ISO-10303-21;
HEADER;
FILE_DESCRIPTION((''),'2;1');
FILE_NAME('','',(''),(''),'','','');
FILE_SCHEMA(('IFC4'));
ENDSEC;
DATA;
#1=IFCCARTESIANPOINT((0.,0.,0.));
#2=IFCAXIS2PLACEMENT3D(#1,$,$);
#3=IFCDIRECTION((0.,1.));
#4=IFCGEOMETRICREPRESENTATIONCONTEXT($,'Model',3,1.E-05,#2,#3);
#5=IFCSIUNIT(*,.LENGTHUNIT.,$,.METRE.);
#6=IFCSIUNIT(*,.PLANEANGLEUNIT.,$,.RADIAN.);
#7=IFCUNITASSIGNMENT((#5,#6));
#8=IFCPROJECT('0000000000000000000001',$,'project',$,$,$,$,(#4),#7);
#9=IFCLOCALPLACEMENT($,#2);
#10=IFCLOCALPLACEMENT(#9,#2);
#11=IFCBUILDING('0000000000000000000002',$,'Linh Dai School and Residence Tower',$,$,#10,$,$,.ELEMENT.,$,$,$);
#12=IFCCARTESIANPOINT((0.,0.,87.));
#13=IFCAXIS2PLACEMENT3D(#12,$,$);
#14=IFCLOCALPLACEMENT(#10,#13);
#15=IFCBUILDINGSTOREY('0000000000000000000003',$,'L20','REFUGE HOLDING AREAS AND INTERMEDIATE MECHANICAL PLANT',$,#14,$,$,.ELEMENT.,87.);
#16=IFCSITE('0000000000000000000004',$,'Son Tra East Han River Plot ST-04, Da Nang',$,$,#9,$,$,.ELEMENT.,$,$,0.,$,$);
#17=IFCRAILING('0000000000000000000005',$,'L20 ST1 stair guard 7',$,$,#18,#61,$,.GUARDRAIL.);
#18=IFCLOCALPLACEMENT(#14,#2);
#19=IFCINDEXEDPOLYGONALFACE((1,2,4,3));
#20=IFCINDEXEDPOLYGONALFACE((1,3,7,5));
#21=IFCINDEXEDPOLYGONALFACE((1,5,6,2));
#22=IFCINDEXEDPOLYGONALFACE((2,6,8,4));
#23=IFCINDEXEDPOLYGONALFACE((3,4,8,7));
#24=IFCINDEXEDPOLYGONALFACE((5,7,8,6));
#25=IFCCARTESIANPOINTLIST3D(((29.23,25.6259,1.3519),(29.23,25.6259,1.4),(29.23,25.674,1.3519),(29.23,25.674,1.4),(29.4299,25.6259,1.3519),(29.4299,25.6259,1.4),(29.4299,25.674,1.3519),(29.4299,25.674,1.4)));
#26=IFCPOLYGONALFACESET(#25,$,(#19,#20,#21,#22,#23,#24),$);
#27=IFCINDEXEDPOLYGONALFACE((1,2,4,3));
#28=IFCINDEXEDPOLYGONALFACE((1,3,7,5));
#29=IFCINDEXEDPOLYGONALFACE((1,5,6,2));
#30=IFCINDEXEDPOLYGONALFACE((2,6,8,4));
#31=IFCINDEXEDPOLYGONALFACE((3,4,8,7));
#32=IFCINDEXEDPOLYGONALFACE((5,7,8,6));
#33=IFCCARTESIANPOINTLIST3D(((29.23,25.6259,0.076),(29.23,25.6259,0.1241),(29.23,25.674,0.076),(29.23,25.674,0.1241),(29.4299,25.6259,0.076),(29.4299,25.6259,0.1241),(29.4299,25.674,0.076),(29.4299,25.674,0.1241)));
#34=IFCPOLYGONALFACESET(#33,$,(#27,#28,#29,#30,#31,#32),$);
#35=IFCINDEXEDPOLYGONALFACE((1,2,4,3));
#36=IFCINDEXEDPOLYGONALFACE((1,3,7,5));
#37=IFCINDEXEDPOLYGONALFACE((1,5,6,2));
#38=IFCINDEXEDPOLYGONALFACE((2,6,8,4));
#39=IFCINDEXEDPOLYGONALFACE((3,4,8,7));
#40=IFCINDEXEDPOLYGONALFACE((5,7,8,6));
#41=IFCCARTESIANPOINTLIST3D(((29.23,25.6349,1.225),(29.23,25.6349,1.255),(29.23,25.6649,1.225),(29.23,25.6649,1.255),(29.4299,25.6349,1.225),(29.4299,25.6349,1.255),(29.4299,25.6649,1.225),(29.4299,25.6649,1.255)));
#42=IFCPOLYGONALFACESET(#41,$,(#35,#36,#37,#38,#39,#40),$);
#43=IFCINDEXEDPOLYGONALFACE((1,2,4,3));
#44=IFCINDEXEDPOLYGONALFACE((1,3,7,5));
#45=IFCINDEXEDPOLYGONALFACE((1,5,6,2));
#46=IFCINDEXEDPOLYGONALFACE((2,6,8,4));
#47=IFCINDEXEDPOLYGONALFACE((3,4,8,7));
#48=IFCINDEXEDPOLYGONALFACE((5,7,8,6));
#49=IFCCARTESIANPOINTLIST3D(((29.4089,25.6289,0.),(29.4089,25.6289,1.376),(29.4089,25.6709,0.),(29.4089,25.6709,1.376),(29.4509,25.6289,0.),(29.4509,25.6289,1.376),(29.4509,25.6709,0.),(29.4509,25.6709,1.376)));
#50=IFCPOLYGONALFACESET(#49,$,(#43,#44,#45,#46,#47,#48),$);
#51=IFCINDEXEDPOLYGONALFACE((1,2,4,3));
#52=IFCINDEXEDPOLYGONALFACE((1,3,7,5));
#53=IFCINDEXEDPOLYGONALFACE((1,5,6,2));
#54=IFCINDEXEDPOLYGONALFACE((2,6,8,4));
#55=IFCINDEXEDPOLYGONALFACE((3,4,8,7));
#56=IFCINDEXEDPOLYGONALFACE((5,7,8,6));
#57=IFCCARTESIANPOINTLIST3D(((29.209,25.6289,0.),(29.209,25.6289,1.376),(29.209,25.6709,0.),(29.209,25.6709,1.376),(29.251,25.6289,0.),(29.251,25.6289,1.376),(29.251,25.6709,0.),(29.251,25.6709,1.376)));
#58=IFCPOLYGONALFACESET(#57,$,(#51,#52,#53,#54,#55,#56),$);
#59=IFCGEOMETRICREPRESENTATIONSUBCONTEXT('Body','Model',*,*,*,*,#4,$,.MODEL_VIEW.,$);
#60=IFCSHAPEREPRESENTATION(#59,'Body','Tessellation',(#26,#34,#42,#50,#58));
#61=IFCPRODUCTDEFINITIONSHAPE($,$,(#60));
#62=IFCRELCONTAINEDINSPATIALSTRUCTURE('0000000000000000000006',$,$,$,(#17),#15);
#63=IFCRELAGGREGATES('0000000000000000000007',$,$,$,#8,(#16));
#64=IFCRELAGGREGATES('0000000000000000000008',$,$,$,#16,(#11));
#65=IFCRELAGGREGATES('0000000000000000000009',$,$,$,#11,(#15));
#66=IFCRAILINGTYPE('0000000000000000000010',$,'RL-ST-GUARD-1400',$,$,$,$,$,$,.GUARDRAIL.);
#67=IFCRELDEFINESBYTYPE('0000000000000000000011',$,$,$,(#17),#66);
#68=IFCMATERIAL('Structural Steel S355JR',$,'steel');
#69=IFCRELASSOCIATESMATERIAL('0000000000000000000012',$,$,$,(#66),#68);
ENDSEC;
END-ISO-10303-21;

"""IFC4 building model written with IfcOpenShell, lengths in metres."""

from ifc_helpers import new_model, si_unit, direction, frame, origin, origin_2d, place, context, subcontext, project, spatial, rectangle, extrude, source, transform, mapped, material, type_object, element, save


model = new_model("IFC4")

# Units and contexts
model_context = context("Model", 3, precision=1e-05, world=origin(), true_north=direction((0.0, 1.0)))
body_context = subcontext(model_context, "Body", "Model", "MODEL_VIEW")
ifc_project = project(units=[si_unit("LENGTHUNIT", "METRE"), si_unit("PLANEANGLEUNIT", "RADIAN")], contexts=[model_context])

# Site, building, storey
site_placement = place(None, origin())
site = spatial("IfcSite", under=ifc_project, at=site_placement, Name="Son Tra East Han River Plot ST-04, Da Nang", CompositionType="ELEMENT", RefElevation=0.0)
building_placement = place(site_placement, origin())
building = spatial("IfcBuilding", under=site, at=building_placement, Name="Linh Dai School and Residence Tower", CompositionType="ELEMENT")
storey_placement = place(building_placement, frame((0.0, 0.0, 87.0)))
storey = spatial("IfcBuildingStorey", under=building, at=storey_placement, Name="L20", Description="REFUGE HOLDING AREAS AND INTERMEDIATE MECHANICAL PLANT", CompositionType="ELEMENT", Elevation=87.0)

# Shared definitions
ifc_material_1 = material(Name="Structural Steel S355JR", Category="steel")

# Railing
railing_type_1 = type_object("IfcRailingType", Name="RL-ST-GUARD-1400", PredefinedType="GUARDRAIL", material=ifc_material_1)
shared_shape_1 = source(origin(), body_context, "Body", "SweptSolid", [
    extrude(rectangle(XDim=0.0481, YDim=0.0481, at=origin_2d()), frame((0.0, 0.0, 1.376), z_axis=(-1.0, 0.0, 0.0), x_axis=(0.0, -1.0, 0.0)), (0.0, 0.0, 1.0), 0.2),
    extrude(rectangle(XDim=0.0481, YDim=0.0481, at=origin_2d()), frame((0.0, 0.0, 0.1001), z_axis=(-1.0, 0.0, 0.0), x_axis=(0.0, -1.0, 0.0)), (0.0, 0.0, 1.0), 0.2),
    extrude(rectangle(XDim=0.03, YDim=0.03, at=origin_2d()), frame((0.0, 0.0, 1.24), z_axis=(-1.0, 0.0, 0.0), x_axis=(0.0, -1.0, 0.0)), (0.0, 0.0, 1.0), 0.2),
    extrude(rectangle(XDim=0.042, YDim=0.042, at=origin_2d()), origin(), (0.0, 0.0, 1.0), 1.376),
    extrude(rectangle(XDim=0.042, YDim=0.042, at=origin_2d()), frame((-0.2, 0.0, 0.0)), (0.0, 0.0, 1.0), 1.376),
])
railing_1_placement = place(storey_placement, frame((29.4299, 25.6499, 0.0)))
element("IfcRailing", 1, at=railing_1_placement, inside=storey, type_object=railing_type_1, Name="L20 ST1 stair guard 7", PredefinedType="GUARDRAIL", context=body_context, shape_type="MappedRepresentation", body=[
    mapped(shared_shape_1, transform((0.0, 0.0, 0.0), x_axis=(1.0, 0.0, 0.0), y_axis=(0.0, 1.0, 0.0), z_axis=(0.0, 0.0, 1.0), scale=1.0)),
])

save(model, "model.ifc")
